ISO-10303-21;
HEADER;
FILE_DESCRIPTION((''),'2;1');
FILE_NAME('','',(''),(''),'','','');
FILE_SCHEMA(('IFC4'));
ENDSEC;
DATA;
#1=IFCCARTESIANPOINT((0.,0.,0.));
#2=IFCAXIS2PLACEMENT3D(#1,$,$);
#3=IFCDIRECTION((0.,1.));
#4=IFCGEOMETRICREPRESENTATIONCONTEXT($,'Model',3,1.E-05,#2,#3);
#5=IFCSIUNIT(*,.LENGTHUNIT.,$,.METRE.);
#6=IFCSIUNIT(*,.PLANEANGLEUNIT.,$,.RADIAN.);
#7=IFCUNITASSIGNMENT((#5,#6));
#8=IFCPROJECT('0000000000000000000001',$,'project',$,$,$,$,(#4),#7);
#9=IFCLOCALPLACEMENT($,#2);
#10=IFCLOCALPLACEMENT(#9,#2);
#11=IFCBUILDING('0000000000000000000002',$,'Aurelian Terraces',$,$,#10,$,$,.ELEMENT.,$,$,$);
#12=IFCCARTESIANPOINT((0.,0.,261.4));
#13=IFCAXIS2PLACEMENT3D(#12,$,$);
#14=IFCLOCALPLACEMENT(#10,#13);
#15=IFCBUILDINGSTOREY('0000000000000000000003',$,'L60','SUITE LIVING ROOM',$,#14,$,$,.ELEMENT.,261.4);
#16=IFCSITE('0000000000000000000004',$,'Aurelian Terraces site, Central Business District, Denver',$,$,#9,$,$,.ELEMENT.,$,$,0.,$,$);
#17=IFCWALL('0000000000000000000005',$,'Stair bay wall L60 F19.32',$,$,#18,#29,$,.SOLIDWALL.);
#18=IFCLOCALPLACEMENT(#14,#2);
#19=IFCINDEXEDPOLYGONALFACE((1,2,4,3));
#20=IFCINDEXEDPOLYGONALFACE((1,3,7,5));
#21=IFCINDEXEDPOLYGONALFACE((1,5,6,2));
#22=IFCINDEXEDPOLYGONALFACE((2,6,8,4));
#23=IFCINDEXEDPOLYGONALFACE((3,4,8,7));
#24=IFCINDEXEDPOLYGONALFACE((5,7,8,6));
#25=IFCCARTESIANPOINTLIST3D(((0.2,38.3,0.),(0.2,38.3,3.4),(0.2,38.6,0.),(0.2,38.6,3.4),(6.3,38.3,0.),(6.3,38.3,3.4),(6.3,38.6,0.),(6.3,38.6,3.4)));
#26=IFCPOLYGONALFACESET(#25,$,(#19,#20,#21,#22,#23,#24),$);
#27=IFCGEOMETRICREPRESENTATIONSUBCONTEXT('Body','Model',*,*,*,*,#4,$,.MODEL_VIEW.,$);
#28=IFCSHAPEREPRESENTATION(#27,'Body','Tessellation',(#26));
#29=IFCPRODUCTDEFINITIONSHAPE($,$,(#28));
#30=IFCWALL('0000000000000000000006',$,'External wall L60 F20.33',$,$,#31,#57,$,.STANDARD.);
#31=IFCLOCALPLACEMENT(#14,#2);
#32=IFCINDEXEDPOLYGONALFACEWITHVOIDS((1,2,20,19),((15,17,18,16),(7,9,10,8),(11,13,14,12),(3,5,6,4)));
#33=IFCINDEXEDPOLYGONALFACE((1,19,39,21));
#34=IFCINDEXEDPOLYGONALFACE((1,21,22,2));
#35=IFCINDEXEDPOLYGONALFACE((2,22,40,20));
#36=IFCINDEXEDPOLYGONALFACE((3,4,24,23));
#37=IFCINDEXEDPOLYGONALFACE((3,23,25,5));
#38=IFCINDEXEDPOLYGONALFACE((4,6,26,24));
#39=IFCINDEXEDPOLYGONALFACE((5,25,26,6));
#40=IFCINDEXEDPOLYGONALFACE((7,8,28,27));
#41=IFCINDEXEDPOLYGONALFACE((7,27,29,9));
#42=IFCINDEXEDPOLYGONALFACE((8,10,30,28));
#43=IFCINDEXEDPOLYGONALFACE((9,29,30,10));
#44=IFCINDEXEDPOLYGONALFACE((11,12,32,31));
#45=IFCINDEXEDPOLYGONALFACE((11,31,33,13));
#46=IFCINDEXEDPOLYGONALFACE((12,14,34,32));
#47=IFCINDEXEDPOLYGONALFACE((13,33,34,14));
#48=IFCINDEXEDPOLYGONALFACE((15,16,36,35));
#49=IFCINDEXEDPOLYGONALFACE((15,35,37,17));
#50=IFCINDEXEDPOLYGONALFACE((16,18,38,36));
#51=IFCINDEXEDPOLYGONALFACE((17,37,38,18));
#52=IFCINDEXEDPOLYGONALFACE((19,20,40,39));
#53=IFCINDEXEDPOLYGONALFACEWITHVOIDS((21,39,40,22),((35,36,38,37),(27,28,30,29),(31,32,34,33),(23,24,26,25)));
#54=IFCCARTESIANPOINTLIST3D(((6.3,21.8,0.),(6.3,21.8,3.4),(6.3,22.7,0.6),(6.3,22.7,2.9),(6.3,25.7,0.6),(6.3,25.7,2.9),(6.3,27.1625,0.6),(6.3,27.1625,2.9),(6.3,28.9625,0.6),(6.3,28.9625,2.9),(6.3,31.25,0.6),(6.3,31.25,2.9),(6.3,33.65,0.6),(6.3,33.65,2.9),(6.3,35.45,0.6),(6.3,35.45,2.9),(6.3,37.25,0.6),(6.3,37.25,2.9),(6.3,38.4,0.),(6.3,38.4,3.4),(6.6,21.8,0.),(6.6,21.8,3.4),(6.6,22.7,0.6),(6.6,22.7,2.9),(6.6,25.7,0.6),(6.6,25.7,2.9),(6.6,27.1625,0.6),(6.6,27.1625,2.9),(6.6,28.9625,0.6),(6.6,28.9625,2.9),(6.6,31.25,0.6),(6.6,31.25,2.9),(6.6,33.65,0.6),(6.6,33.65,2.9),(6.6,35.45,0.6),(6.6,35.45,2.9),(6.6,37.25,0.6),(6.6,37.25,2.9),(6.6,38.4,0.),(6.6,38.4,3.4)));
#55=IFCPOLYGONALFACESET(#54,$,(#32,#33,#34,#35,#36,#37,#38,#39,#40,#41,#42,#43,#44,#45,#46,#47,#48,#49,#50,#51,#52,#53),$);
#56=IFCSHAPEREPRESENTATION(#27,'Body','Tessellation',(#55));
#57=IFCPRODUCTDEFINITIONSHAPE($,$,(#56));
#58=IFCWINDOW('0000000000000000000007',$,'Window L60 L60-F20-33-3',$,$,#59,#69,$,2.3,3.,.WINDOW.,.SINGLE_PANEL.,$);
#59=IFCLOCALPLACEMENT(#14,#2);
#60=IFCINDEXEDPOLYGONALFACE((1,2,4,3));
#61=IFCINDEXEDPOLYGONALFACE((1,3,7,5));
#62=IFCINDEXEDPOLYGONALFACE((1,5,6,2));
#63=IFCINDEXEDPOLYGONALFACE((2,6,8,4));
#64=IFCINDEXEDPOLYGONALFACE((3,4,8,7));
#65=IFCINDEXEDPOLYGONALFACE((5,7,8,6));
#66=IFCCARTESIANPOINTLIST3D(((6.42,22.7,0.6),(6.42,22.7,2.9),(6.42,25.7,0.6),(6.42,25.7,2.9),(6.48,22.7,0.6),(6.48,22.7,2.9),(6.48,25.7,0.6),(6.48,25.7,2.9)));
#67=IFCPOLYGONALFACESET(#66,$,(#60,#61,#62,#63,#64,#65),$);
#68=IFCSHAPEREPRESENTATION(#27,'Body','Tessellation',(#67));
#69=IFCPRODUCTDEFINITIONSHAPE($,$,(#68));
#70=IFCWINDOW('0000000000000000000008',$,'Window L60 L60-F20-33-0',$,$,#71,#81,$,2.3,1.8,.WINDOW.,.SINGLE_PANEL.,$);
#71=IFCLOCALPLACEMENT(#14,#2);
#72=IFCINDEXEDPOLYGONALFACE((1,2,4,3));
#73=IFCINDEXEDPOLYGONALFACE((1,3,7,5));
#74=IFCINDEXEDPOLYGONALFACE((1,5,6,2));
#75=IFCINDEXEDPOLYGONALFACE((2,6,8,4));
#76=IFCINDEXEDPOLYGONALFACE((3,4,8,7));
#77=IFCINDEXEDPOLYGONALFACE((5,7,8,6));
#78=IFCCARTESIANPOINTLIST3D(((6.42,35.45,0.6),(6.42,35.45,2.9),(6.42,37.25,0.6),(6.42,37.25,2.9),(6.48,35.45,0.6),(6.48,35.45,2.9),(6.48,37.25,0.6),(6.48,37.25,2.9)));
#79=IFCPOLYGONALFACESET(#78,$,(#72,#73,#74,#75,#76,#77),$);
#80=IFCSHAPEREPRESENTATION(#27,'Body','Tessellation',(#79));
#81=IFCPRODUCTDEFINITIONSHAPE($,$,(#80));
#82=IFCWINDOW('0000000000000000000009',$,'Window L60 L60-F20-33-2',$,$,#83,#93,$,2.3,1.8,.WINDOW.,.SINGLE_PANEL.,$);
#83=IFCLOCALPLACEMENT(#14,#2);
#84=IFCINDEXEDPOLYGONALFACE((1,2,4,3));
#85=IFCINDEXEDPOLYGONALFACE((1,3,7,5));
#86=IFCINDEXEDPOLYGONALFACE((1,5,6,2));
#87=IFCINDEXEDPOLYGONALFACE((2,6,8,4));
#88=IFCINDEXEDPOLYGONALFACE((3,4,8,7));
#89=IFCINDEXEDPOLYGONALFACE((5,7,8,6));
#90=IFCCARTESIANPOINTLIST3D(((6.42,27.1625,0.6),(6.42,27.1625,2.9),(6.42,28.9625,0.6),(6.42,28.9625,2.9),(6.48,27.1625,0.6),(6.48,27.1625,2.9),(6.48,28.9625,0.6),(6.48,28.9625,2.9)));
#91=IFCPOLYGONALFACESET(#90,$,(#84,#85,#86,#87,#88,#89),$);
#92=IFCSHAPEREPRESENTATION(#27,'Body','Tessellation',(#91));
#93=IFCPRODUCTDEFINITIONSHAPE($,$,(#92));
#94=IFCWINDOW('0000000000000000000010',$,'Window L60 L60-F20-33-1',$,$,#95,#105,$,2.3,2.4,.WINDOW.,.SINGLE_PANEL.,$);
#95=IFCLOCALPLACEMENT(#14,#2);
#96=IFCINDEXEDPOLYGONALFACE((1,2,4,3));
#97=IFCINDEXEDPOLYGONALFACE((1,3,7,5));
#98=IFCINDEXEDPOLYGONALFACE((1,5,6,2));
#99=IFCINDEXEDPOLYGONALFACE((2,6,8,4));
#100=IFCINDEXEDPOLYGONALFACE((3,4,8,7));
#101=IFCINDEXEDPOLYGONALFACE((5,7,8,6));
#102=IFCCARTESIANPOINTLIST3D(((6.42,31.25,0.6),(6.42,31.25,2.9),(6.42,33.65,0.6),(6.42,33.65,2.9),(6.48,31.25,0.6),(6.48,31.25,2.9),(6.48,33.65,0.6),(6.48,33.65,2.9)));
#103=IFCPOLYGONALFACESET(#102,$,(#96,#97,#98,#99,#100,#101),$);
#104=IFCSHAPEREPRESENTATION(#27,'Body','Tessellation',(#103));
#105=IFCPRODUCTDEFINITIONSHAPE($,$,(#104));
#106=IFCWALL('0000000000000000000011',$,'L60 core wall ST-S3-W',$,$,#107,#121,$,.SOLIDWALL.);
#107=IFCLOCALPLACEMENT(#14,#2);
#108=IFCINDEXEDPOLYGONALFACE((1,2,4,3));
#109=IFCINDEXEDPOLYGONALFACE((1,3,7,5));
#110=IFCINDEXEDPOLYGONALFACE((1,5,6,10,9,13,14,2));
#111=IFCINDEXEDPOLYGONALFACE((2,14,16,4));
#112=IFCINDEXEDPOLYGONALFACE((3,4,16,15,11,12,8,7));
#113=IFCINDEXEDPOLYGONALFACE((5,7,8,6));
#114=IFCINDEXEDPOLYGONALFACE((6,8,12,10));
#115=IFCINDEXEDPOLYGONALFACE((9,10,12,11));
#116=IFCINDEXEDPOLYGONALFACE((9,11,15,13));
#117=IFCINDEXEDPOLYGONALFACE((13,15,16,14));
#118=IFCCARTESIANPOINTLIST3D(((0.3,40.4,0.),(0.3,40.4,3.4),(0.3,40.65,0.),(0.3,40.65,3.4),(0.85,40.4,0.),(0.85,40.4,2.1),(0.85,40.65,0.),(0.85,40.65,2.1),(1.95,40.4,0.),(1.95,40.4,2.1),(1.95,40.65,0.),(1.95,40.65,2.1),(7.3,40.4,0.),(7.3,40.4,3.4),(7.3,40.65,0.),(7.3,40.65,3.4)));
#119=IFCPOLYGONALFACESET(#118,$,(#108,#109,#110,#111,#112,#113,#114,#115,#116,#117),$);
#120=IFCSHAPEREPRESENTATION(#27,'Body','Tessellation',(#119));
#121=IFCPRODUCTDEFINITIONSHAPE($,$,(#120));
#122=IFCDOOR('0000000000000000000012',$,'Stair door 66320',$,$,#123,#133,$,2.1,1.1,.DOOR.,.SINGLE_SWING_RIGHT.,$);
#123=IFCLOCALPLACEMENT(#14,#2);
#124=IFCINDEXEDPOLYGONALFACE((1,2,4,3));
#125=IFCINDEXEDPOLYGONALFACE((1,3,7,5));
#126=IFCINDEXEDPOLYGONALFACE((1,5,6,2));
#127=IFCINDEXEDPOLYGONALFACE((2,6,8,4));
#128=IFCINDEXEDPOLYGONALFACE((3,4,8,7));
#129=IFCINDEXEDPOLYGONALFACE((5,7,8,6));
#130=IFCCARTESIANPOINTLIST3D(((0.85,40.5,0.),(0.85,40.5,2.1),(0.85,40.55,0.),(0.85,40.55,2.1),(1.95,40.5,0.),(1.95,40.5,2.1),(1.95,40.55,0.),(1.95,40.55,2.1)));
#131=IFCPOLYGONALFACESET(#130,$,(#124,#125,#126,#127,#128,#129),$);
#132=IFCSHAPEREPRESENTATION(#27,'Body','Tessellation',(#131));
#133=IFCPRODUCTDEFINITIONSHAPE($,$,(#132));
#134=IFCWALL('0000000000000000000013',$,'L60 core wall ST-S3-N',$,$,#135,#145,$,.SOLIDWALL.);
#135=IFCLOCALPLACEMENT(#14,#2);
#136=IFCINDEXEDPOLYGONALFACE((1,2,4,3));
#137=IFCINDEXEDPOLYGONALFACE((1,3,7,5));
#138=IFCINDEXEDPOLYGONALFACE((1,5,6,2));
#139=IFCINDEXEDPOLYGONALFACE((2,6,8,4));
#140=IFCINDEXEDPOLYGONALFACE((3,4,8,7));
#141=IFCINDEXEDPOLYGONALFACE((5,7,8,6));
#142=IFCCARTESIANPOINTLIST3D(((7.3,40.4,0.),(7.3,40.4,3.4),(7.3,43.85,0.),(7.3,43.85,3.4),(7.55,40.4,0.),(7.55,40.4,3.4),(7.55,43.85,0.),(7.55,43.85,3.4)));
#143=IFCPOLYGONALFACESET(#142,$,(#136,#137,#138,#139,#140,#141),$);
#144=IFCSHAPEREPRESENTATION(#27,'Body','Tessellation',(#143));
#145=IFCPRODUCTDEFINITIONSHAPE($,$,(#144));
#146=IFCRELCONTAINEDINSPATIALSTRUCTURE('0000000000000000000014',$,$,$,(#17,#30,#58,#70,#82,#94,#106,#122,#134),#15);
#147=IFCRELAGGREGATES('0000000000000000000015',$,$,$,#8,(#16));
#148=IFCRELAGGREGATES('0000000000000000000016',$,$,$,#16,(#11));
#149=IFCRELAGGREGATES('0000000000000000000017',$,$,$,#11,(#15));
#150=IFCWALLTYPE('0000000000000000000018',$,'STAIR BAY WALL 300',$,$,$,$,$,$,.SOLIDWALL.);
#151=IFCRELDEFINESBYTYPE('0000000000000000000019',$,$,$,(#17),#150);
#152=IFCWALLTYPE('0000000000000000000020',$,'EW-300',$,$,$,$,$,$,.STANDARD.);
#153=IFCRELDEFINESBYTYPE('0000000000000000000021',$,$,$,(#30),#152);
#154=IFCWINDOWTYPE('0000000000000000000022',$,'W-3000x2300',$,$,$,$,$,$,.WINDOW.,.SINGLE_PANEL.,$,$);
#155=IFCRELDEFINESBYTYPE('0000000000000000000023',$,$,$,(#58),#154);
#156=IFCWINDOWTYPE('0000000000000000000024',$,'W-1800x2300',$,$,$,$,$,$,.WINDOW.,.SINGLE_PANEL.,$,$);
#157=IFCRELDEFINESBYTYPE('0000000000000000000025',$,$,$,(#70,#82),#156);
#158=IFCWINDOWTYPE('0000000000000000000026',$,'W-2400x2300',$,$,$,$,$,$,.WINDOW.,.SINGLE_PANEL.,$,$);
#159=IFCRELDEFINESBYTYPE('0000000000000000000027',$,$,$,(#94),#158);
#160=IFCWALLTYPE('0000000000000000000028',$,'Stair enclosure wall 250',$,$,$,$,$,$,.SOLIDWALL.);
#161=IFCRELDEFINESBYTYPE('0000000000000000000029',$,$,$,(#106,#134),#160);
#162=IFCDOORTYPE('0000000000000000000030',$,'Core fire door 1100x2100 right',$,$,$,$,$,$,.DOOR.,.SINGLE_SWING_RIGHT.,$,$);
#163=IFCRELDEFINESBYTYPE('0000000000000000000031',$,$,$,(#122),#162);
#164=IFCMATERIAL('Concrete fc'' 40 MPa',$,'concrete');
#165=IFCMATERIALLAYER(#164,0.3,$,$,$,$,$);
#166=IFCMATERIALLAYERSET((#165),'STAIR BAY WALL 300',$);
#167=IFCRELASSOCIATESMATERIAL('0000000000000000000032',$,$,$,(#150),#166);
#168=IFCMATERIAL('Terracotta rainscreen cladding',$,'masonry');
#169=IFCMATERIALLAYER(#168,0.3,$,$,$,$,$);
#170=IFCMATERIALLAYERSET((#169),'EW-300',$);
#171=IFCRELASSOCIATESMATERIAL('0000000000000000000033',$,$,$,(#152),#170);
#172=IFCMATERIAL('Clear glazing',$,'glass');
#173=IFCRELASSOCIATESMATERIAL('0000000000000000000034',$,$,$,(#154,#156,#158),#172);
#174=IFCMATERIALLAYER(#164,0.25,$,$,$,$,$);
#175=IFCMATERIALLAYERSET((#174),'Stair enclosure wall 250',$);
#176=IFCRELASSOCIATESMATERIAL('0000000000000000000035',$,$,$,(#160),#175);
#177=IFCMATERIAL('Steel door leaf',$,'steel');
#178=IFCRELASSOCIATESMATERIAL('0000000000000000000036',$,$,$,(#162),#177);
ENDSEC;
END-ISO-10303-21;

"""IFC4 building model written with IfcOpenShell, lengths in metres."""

from ifc_helpers import new_model, si_unit, direction, frame, frame_2d, origin, place, context, subcontext, project, spatial, rectangle, extrude, source, transform, mapped, material, layer, layer_set, type_object, element, fill, save


model = new_model("IFC4")

# Units and contexts
model_context = context("Model", 3, precision=1e-05, world=origin(), true_north=direction((0.0, 1.0)))
body_context = subcontext(model_context, "Body", "Model", "MODEL_VIEW")
ifc_project = project(units=[si_unit("LENGTHUNIT", "METRE"), si_unit("PLANEANGLEUNIT", "RADIAN")], contexts=[model_context])

# Site, building, storey
site_placement = place(None, origin())
site = spatial("IfcSite", under=ifc_project, at=site_placement, Name="Aurelian Terraces site, Central Business District, Denver", CompositionType="ELEMENT", RefElevation=0.0)
building_placement = place(site_placement, origin())
building = spatial("IfcBuilding", under=site, at=building_placement, Name="Aurelian Terraces", CompositionType="ELEMENT")
storey_placement = place(building_placement, frame((0.0, 0.0, 261.4)))
storey = spatial("IfcBuildingStorey", under=building, at=storey_placement, Name="L60", Description="SUITE LIVING ROOM", CompositionType="ELEMENT", Elevation=261.4)

# Wall
ifc_material_1 = material(Name="Concrete fc' 40 MPa", Category="concrete")
ifc_layer_1 = layer(ifc_material_1, 0.3)
ifc_layer_set_1 = layer_set([ifc_layer_1], Name="STAIR BAY WALL 300")
wall_type_1 = type_object("IfcWallType", Name="STAIR BAY WALL 300", PredefinedType="SOLIDWALL", material=ifc_layer_set_1)
shared_shape_1 = source(origin(), body_context, "Body", "SweptSolid", [
    extrude(rectangle(XDim=6.1, YDim=0.3, at=frame_2d((3.05, 0.0))), origin(), (0.0, 0.0, 1.0), 3.4),
])
wall_1_placement = place(storey_placement, frame((0.2, 38.45, 0.0), z_axis=(0.0, 0.0, 1.0), x_axis=(1.0, 0.0, 0.0)))
element("IfcWall", 1, at=wall_1_placement, inside=storey, type_object=wall_type_1, Name="Stair bay wall L60 F19.32", PredefinedType="SOLIDWALL", context=body_context, shape_type="MappedRepresentation", body=[
    mapped(shared_shape_1, transform((0.0, 0.0, 0.0), scale=1.0)),
])

# Wall, openings, windows
ifc_material_2 = material(Name="Terracotta rainscreen cladding", Category="masonry")
ifc_layer_2 = layer(ifc_material_2, 0.3)
ifc_layer_set_2 = layer_set([ifc_layer_2], Name="EW-300")
wall_type_2 = type_object("IfcWallType", Name="EW-300", PredefinedType="STANDARD", material=ifc_layer_set_2)
shared_shape_2 = source(origin(), body_context, "Body", "SweptSolid", [
    extrude(rectangle(XDim=16.6, YDim=0.3, at=frame_2d((8.3, 0.0))), origin(), (0.0, 0.0, 1.0), 3.4),
])
wall_2_placement = place(storey_placement, frame((6.45, 38.4, 0.0), z_axis=(0.0, 0.0, 1.0), x_axis=(0.0, -1.0, 0.0)))
wall_2 = element("IfcWall", 2, at=wall_2_placement, inside=storey, type_object=wall_type_2, Name="External wall L60 F20.33", PredefinedType="STANDARD", context=body_context, shape_type="MappedRepresentation", body=[
    mapped(shared_shape_2, transform((0.0, 0.0, 0.0), scale=1.0)),
])
shared_shape_3 = source(origin(), body_context, "Body", "SweptSolid", [
    extrude(rectangle(XDim=1.8, YDim=2.3, at=frame_2d((0.9, 1.15))), frame((0.0, 0.16, 0.0), z_axis=(0.0, -1.0, 0.0), x_axis=(1.0, 0.0, 0.0)), (0.0, 0.0, 1.0), 0.32),
])
opening_1_placement = place(wall_2_placement, frame((1.15, 0.0, 0.6)))
opening_1 = element("IfcOpeningElement", 3, at=opening_1_placement, cuts=wall_2, PredefinedType="OPENING", context=body_context, shape_type="MappedRepresentation", body=[
    mapped(shared_shape_3, transform((0.0, 0.0, 0.0), scale=1.0)),
])
shared_shape_4 = source(origin(), body_context, "Body", "SweptSolid", [
    extrude(rectangle(XDim=2.4, YDim=2.3, at=frame_2d((1.2, 1.15))), frame((0.0, 0.16, 0.0), z_axis=(0.0, -1.0, 0.0), x_axis=(1.0, 0.0, 0.0)), (0.0, 0.0, 1.0), 0.32),
])
opening_2_placement = place(wall_2_placement, frame((4.75, 0.0, 0.6)))
opening_2 = element("IfcOpeningElement", 4, at=opening_2_placement, cuts=wall_2, PredefinedType="OPENING", context=body_context, shape_type="MappedRepresentation", body=[
    mapped(shared_shape_4, transform((0.0, 0.0, 0.0), scale=1.0)),
])
opening_3_placement = place(wall_2_placement, frame((9.4375, 0.0, 0.6)))
opening_3 = element("IfcOpeningElement", 5, at=opening_3_placement, cuts=wall_2, PredefinedType="OPENING", context=body_context, shape_type="MappedRepresentation", body=[
    mapped(shared_shape_3, transform((0.0, 0.0, 0.0), scale=1.0)),
])
shared_shape_5 = source(origin(), body_context, "Body", "SweptSolid", [
    extrude(rectangle(XDim=3.0, YDim=2.3, at=frame_2d((1.5, 1.15))), frame((0.0, 0.16, 0.0), z_axis=(0.0, -1.0, 0.0), x_axis=(1.0, 0.0, 0.0)), (0.0, 0.0, 1.0), 0.32),
])
opening_4_placement = place(wall_2_placement, frame((12.7, 0.0, 0.6)))
opening_4 = element("IfcOpeningElement", 6, at=opening_4_placement, cuts=wall_2, PredefinedType="OPENING", context=body_context, shape_type="MappedRepresentation", body=[
    mapped(shared_shape_5, transform((0.0, 0.0, 0.0), scale=1.0)),
])
ifc_material_3 = material(Name="Clear glazing", Category="glass")
window_type_1 = type_object("IfcWindowType", Name="W-3000x2300", PartitioningType="SINGLE_PANEL", PredefinedType="WINDOW", material=ifc_material_3)
shared_shape_6 = source(origin(), body_context, "Body", "SweptSolid", [
    extrude(rectangle(XDim=3.0, YDim=2.3, at=frame_2d((1.5, 1.15))), frame((0.0, 0.03, 0.0), z_axis=(0.0, -1.0, 0.0), x_axis=(1.0, 0.0, 0.0)), (0.0, 0.0, 1.0), 0.06),
])
window_1_placement = place(opening_4_placement, origin())
window_1 = element("IfcWindow", 7, at=window_1_placement, inside=storey, type_object=window_type_1, Name="Window L60 L60-F20-33-3", OverallHeight=2.3, OverallWidth=3.0, PartitioningType="SINGLE_PANEL", PredefinedType="WINDOW", context=body_context, shape_type="MappedRepresentation", body=[
    mapped(shared_shape_6, transform((0.0, 0.0, 0.0), scale=1.0)),
])
fill(opening_4, window_1)
window_type_2 = type_object("IfcWindowType", Name="W-1800x2300", PartitioningType="SINGLE_PANEL", PredefinedType="WINDOW", material=ifc_material_3)
shared_shape_7 = source(origin(), body_context, "Body", "SweptSolid", [
    extrude(rectangle(XDim=1.8, YDim=2.3, at=frame_2d((0.9, 1.15))), frame((0.0, 0.03, 0.0), z_axis=(0.0, -1.0, 0.0), x_axis=(1.0, 0.0, 0.0)), (0.0, 0.0, 1.0), 0.06),
])
window_2_placement = place(opening_1_placement, origin())
window_2 = element("IfcWindow", 8, at=window_2_placement, inside=storey, type_object=window_type_2, Name="Window L60 L60-F20-33-0", OverallHeight=2.3, OverallWidth=1.8, PartitioningType="SINGLE_PANEL", PredefinedType="WINDOW", context=body_context, shape_type="MappedRepresentation", body=[
    mapped(shared_shape_7, transform((0.0, 0.0, 0.0), scale=1.0)),
])
fill(opening_1, window_2)
window_3_placement = place(opening_3_placement, origin())
window_3 = element("IfcWindow", 9, at=window_3_placement, inside=storey, type_object=window_type_2, Name="Window L60 L60-F20-33-2", OverallHeight=2.3, OverallWidth=1.8, PartitioningType="SINGLE_PANEL", PredefinedType="WINDOW", context=body_context, shape_type="MappedRepresentation", body=[
    mapped(shared_shape_7, transform((0.0, 0.0, 0.0), scale=1.0)),
])
fill(opening_3, window_3)
window_type_3 = type_object("IfcWindowType", Name="W-2400x2300", PartitioningType="SINGLE_PANEL", PredefinedType="WINDOW", material=ifc_material_3)
shared_shape_8 = source(origin(), body_context, "Body", "SweptSolid", [
    extrude(rectangle(XDim=2.4, YDim=2.3, at=frame_2d((1.2, 1.15))), frame((0.0, 0.03, 0.0), z_axis=(0.0, -1.0, 0.0), x_axis=(1.0, 0.0, 0.0)), (0.0, 0.0, 1.0), 0.06),
])
window_4_placement = place(opening_2_placement, origin())
window_4 = element("IfcWindow", 10, at=window_4_placement, inside=storey, type_object=window_type_3, Name="Window L60 L60-F20-33-1", OverallHeight=2.3, OverallWidth=2.4, PartitioningType="SINGLE_PANEL", PredefinedType="WINDOW", context=body_context, shape_type="MappedRepresentation", body=[
    mapped(shared_shape_8, transform((0.0, 0.0, 0.0), scale=1.0)),
])
fill(opening_2, window_4)

# Wall, opening, door
ifc_layer_3 = layer(ifc_material_1, 0.25)
ifc_layer_set_3 = layer_set([ifc_layer_3], Name="Stair enclosure wall 250")
wall_type_3 = type_object("IfcWallType", Name="Stair enclosure wall 250", PredefinedType="SOLIDWALL", material=ifc_layer_set_3)
shared_shape_9 = source(origin(), body_context, "Body", "SweptSolid", [
    extrude(rectangle(XDim=7.0, YDim=0.25, at=frame_2d((3.5, 0.0))), origin(), (0.0, 0.0, 1.0), 3.4),
])
wall_3_placement = place(storey_placement, frame((0.3, 40.525, 0.0), z_axis=(0.0, 0.0, 1.0), x_axis=(1.0, 0.0, 0.0)))
wall_3 = element("IfcWall", 11, at=wall_3_placement, inside=storey, type_object=wall_type_3, Name="L60 core wall ST-S3-W", PredefinedType="SOLIDWALL", context=body_context, shape_type="MappedRepresentation", body=[
    mapped(shared_shape_9, transform((0.0, 0.0, 0.0), scale=1.0)),
])
shared_shape_10 = source(origin(), body_context, "Body", "SweptSolid", [
    extrude(rectangle(XDim=1.1, YDim=2.1, at=frame_2d((0.55, 1.05))), frame((0.0, 0.135, 0.0), z_axis=(0.0, -1.0, 0.0), x_axis=(1.0, 0.0, 0.0)), (0.0, 0.0, 1.0), 0.27),
])
opening_5_placement = place(wall_3_placement, frame((0.55, 0.0, 0.0)))
opening_5 = element("IfcOpeningElement", 12, at=opening_5_placement, cuts=wall_3, PredefinedType="OPENING", context=body_context, shape_type="MappedRepresentation", body=[
    mapped(shared_shape_10, transform((0.0, 0.0, 0.0), scale=1.0)),
])
ifc_material_4 = material(Name="Steel door leaf", Category="steel")
door_type_1 = type_object("IfcDoorType", Name="Core fire door 1100x2100 right", OperationType="SINGLE_SWING_RIGHT", PredefinedType="DOOR", material=ifc_material_4)
shared_shape_11 = source(origin(), body_context, "Body", "SweptSolid", [
    extrude(rectangle(XDim=1.1, YDim=2.1, at=frame_2d((0.55, 1.05))), frame((0.0, 0.025, 0.0), z_axis=(0.0, -1.0, 0.0), x_axis=(1.0, 0.0, 0.0)), (0.0, 0.0, 1.0), 0.05),
])
door_1_placement = place(opening_5_placement, origin())
door_1 = element("IfcDoor", 13, at=door_1_placement, inside=storey, type_object=door_type_1, Name="Stair door 66320", OperationType="SINGLE_SWING_RIGHT", OverallHeight=2.1, OverallWidth=1.1, PredefinedType="DOOR", context=body_context, shape_type="MappedRepresentation", body=[
    mapped(shared_shape_11, transform((0.0, 0.0, 0.0), scale=1.0)),
])
fill(opening_5, door_1)

# Wall
shared_shape_12 = source(origin(), body_context, "Body", "SweptSolid", [
    extrude(rectangle(XDim=3.45, YDim=0.25, at=frame_2d((1.725, 0.0))), origin(), (0.0, 0.0, 1.0), 3.4),
])
wall_4_placement = place(storey_placement, frame((7.425, 40.4, 0.0), z_axis=(0.0, 0.0, 1.0), x_axis=(0.0, 1.0, 0.0)))
element("IfcWall", 14, at=wall_4_placement, inside=storey, type_object=wall_type_3, Name="L60 core wall ST-S3-N", PredefinedType="SOLIDWALL", context=body_context, shape_type="MappedRepresentation", body=[
    mapped(shared_shape_12, transform((0.0, 0.0, 0.0), scale=1.0)),
])

save(model, "model.ifc")
